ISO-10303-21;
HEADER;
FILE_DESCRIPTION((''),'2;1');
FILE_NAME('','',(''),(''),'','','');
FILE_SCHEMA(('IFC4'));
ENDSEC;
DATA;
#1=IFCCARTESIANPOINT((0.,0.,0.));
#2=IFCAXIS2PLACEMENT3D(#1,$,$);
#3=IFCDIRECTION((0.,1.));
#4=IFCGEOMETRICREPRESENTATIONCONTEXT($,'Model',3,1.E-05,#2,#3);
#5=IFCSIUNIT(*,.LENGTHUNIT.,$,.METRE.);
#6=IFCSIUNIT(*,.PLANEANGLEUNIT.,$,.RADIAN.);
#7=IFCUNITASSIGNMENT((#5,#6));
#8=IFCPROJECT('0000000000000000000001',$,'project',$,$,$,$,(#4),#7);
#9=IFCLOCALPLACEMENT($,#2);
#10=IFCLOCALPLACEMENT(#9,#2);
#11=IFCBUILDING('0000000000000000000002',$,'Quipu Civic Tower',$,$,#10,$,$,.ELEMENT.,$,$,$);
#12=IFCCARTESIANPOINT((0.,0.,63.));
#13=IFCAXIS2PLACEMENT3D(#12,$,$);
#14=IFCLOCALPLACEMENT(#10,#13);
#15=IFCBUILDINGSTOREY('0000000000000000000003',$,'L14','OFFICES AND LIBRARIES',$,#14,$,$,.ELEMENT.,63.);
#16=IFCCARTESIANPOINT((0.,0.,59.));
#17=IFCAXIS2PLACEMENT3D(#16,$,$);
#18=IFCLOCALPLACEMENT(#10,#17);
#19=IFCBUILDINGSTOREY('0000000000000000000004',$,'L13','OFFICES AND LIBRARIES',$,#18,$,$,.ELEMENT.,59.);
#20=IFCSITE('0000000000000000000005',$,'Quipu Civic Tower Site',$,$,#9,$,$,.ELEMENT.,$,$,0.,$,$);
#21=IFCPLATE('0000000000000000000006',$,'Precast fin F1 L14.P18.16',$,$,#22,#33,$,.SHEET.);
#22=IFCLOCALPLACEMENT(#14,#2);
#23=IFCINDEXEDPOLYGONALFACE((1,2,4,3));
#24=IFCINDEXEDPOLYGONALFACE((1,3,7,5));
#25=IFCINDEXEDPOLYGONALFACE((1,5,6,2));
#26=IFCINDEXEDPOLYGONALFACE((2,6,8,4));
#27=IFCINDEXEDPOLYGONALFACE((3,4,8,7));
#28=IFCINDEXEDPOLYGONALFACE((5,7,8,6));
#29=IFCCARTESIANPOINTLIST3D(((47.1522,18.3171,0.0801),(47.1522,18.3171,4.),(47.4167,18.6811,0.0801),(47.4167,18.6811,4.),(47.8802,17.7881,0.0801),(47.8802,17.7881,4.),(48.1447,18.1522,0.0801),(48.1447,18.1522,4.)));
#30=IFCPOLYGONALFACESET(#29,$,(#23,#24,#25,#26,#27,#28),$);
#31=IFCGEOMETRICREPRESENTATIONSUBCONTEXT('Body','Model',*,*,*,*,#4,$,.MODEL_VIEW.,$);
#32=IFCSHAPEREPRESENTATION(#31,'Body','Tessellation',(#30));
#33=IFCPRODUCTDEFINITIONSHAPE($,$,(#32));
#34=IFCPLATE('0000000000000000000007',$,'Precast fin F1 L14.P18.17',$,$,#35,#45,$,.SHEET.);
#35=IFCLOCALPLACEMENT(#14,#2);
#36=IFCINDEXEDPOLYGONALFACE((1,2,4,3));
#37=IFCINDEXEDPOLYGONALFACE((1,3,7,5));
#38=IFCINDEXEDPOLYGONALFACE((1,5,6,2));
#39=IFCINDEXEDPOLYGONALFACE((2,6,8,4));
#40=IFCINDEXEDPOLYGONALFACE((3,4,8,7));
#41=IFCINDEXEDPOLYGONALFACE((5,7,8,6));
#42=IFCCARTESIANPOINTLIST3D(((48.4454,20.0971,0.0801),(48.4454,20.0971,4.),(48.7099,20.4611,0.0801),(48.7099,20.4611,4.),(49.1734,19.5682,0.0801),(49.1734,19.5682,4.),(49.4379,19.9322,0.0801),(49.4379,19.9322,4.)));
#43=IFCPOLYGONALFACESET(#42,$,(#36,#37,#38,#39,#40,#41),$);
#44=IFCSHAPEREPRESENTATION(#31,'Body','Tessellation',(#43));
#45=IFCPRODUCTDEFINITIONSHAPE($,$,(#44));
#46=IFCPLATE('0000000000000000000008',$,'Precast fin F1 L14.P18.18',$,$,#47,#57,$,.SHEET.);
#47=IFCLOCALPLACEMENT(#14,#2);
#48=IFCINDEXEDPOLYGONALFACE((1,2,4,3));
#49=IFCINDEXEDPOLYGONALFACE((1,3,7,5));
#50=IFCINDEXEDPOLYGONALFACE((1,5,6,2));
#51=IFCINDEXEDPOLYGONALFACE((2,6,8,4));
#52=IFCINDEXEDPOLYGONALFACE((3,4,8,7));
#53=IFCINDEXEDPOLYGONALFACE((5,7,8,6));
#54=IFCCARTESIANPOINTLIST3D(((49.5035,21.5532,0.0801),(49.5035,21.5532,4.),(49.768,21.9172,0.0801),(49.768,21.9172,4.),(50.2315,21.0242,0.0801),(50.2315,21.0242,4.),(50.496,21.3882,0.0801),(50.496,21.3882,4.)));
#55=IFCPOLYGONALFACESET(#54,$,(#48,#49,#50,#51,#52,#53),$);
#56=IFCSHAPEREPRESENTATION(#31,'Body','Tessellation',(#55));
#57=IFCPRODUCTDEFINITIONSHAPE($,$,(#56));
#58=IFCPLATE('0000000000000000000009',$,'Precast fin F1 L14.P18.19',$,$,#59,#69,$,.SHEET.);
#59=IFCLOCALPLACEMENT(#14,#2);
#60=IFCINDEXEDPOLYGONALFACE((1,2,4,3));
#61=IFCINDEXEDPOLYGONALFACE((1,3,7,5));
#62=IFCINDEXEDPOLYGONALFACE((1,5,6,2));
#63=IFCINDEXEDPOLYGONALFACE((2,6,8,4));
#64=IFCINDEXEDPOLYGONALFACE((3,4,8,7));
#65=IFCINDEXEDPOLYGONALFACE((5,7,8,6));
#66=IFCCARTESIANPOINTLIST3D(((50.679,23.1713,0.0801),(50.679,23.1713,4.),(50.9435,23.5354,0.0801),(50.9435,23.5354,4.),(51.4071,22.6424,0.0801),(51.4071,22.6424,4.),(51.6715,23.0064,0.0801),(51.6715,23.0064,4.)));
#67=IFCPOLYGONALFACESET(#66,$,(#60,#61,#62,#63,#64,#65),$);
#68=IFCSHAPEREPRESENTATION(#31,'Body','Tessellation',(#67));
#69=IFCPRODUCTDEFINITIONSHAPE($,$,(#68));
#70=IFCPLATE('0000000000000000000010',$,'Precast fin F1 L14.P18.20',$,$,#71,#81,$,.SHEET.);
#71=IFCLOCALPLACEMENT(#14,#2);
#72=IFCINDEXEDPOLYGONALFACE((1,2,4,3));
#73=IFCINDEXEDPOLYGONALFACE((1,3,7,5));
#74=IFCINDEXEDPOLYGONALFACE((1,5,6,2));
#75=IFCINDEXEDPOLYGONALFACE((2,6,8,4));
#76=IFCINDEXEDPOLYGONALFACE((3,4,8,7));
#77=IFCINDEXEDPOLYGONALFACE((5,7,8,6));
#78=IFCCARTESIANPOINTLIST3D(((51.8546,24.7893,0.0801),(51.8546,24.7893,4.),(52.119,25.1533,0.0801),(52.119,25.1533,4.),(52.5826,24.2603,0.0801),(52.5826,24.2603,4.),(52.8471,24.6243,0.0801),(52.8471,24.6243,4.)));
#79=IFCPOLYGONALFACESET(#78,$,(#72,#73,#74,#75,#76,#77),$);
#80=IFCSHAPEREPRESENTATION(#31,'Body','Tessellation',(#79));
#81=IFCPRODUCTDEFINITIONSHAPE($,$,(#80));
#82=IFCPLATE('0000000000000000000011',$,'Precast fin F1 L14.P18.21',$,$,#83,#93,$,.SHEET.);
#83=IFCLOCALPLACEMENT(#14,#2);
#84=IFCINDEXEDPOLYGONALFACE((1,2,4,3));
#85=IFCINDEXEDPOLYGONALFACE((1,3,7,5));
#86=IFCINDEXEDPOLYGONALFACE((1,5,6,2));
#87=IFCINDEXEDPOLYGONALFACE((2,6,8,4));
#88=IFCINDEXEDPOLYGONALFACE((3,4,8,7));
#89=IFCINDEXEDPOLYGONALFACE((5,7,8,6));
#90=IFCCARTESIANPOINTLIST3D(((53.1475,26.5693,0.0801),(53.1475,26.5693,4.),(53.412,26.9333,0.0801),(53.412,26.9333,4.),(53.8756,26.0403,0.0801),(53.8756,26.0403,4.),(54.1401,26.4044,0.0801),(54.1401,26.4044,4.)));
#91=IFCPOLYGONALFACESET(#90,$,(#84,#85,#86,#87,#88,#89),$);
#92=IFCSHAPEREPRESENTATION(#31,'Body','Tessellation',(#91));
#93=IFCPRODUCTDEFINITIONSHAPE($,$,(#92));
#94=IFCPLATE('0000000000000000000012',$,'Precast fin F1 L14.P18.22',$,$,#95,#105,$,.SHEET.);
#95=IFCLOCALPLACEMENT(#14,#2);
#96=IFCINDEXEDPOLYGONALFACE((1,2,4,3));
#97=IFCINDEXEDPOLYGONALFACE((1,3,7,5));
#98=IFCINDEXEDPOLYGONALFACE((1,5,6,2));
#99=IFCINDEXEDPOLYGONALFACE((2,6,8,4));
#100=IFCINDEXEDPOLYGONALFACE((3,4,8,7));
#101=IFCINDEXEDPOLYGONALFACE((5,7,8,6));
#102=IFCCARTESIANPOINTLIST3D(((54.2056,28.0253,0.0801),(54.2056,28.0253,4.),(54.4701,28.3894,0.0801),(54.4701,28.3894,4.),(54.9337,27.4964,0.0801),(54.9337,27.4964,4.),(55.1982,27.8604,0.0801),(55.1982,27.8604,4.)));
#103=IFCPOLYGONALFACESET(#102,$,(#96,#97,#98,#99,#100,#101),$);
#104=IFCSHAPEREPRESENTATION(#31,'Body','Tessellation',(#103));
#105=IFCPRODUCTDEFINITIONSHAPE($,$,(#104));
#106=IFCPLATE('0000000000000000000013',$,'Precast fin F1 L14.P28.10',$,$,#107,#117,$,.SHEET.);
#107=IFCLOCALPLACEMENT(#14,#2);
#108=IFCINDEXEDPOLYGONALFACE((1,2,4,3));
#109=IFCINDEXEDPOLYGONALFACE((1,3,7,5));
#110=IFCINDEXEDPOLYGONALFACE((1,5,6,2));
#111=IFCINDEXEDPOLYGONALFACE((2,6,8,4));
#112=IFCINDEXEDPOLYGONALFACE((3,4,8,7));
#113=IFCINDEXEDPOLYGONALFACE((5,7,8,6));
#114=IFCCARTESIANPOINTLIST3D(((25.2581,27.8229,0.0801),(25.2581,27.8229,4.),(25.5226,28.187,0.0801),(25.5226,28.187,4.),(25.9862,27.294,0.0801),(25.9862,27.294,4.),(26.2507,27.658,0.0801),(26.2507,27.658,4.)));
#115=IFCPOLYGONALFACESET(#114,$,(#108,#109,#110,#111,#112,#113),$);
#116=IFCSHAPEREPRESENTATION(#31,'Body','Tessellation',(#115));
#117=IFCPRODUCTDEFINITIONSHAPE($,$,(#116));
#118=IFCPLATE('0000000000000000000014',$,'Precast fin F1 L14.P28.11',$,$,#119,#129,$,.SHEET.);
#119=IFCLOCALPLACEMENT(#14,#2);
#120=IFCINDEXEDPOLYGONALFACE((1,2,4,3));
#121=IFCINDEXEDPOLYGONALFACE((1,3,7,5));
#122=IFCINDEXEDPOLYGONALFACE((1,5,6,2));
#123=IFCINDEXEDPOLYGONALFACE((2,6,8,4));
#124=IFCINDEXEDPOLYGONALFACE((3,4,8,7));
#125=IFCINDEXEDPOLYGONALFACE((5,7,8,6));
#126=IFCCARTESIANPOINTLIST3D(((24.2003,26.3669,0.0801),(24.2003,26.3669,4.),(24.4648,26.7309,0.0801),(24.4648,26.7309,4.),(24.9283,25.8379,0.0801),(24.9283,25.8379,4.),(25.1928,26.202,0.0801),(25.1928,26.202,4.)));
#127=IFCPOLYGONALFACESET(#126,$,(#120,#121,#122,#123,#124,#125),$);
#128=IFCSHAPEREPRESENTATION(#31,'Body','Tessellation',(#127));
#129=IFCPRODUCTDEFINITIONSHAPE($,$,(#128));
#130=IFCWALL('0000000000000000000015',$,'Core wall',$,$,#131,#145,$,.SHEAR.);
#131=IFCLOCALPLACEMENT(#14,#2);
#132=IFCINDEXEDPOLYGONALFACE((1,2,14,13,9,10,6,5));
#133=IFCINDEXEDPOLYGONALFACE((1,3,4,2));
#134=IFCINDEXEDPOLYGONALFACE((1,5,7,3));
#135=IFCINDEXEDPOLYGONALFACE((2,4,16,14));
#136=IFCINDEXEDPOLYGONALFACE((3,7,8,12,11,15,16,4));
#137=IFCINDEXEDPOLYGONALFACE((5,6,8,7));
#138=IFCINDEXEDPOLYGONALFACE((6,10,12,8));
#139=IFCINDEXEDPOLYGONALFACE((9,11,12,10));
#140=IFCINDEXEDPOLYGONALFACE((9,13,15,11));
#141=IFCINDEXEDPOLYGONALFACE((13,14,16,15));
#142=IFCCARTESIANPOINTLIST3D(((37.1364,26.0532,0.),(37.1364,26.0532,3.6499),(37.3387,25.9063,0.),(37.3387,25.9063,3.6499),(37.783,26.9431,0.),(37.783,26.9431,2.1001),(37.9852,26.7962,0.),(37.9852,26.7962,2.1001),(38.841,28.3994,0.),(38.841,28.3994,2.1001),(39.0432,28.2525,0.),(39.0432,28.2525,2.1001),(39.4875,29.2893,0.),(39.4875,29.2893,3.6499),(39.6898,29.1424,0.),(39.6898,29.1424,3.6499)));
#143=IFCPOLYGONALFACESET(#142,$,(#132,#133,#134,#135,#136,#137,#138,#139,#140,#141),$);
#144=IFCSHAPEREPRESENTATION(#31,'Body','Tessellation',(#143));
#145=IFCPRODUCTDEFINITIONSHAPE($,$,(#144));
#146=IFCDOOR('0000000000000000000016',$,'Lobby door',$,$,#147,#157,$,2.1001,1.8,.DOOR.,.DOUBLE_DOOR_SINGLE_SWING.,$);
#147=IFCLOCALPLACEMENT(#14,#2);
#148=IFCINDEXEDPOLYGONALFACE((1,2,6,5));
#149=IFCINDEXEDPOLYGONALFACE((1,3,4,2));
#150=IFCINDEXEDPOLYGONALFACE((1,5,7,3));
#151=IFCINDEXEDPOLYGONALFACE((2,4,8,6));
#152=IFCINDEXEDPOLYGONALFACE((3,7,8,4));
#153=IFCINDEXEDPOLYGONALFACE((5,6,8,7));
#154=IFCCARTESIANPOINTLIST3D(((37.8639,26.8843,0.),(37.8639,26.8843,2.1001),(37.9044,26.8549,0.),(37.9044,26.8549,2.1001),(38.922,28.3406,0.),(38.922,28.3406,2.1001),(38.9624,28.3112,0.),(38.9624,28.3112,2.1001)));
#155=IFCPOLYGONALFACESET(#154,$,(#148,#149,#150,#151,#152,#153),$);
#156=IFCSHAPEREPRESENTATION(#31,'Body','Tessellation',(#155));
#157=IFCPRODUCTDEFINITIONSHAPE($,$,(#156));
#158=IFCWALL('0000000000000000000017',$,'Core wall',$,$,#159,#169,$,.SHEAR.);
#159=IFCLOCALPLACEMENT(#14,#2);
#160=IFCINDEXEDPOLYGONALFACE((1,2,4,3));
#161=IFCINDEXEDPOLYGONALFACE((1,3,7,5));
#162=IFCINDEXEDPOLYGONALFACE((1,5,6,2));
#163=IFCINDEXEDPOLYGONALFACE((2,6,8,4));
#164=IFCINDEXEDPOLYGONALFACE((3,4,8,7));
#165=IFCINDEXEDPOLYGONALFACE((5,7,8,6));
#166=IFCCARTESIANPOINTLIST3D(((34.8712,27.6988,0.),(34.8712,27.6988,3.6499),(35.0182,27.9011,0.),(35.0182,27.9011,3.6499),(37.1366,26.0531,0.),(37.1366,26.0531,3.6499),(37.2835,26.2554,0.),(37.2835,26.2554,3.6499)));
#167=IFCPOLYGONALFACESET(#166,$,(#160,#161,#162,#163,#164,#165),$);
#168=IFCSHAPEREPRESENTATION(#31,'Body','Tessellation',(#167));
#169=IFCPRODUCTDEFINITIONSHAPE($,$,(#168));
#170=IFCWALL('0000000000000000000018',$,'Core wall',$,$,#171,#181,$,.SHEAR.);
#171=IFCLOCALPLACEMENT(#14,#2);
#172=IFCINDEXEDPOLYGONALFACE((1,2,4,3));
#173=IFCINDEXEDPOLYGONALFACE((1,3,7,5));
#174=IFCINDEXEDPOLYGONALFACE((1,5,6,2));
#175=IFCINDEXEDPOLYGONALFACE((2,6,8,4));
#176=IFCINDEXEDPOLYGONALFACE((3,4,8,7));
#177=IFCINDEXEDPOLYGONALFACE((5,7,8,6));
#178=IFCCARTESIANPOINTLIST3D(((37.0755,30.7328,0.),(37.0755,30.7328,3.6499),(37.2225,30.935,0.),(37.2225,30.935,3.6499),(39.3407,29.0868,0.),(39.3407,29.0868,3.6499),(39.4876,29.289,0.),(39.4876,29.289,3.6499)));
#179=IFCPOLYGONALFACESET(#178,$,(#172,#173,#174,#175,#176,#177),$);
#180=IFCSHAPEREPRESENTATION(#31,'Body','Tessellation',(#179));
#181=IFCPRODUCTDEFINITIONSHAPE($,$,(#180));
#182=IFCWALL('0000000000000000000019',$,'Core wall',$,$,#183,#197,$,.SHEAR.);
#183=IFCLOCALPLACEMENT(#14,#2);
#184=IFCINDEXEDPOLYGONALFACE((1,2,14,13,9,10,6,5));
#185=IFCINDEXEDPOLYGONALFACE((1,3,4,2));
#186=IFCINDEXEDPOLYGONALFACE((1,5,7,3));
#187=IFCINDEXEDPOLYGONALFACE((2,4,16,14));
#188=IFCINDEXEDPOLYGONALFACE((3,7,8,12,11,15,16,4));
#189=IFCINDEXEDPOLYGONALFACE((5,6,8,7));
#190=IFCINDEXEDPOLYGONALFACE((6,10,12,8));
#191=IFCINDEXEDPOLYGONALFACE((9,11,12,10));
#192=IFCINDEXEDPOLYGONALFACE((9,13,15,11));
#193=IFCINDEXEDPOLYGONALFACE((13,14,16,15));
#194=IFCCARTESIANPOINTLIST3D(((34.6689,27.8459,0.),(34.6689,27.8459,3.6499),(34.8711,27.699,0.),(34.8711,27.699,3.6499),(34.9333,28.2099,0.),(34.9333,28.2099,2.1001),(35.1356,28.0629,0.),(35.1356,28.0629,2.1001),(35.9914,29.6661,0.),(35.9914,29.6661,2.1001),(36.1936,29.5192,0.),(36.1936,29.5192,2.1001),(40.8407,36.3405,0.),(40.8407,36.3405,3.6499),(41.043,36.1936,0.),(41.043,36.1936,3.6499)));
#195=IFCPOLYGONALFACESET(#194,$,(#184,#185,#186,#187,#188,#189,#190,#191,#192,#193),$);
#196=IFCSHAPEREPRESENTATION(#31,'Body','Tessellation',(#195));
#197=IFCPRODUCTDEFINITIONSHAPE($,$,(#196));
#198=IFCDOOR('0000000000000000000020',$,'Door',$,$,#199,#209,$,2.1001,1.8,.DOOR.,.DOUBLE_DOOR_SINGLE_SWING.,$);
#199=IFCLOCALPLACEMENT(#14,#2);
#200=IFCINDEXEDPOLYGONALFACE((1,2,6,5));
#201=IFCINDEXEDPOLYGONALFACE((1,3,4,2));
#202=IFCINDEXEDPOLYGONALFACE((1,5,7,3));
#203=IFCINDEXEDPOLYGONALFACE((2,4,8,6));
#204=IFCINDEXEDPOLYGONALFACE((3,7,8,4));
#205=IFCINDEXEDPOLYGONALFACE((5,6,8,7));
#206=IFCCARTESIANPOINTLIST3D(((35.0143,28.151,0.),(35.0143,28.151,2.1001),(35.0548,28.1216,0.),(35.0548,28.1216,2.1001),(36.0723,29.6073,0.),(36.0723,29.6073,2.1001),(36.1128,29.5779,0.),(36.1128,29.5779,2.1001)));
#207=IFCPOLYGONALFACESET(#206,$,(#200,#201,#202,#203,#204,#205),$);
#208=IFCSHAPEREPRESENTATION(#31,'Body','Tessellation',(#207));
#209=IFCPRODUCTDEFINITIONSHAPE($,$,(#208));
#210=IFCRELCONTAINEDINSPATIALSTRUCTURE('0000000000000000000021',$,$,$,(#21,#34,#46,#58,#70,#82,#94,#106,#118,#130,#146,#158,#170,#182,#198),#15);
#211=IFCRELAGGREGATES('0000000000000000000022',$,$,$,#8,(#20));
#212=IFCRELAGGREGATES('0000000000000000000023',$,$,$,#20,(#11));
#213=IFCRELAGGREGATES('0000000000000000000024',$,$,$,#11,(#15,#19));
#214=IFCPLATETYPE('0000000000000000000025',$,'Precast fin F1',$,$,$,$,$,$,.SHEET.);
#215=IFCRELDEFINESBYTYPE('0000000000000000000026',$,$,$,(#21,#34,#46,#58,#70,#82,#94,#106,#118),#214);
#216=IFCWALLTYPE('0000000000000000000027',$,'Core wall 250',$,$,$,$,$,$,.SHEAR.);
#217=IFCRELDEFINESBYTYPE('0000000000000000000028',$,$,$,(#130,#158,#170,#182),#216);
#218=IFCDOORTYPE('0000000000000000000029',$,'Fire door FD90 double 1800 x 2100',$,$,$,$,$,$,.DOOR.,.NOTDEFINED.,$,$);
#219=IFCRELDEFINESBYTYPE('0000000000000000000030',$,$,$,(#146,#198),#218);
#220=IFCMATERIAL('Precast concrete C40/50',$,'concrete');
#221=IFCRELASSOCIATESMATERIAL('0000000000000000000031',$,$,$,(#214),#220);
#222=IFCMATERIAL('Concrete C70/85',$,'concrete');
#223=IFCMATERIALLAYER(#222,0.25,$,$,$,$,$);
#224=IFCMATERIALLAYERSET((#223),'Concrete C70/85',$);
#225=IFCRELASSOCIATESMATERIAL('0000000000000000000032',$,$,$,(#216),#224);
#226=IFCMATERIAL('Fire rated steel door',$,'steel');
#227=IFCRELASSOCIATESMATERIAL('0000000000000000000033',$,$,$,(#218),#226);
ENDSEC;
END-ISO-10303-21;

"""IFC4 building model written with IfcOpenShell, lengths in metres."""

from ifc_helpers import new_model, si_unit, direction, frame, frame_2d, origin, origin_2d, place, context, subcontext, project, spatial, rectangle, extrude, material, layer, layer_set, type_object, element, fill, save


model = new_model("IFC4")

# Units and contexts
model_context = context("Model", 3, precision=1e-05, world=origin(), true_north=direction((0.0, 1.0)))
body_context = subcontext(model_context, "Body", "Model", "MODEL_VIEW")
ifc_project = project(units=[si_unit("LENGTHUNIT", "METRE"), si_unit("PLANEANGLEUNIT", "RADIAN")], contexts=[model_context])

# Site, building, storey
site_placement = place(None, origin())
site = spatial("IfcSite", under=ifc_project, at=site_placement, Name="Quipu Civic Tower Site", CompositionType="ELEMENT", RefElevation=0.0)
building_placement = place(site_placement, origin())
building = spatial("IfcBuilding", under=site, at=building_placement, Name="Quipu Civic Tower", CompositionType="ELEMENT")
storey_1_placement = place(building_placement, frame((0.0, 0.0, 63.0)))
storey_1 = spatial("IfcBuildingStorey", under=building, at=storey_1_placement, Name="L14", Description="OFFICES AND LIBRARIES", CompositionType="ELEMENT", Elevation=63.0)

# Shared definitions
storey_2_placement = place(building_placement, frame((0.0, 0.0, 59.0)))
storey_2 = spatial("IfcBuildingStorey", under=building, at=storey_2_placement, Name="L13", Description="OFFICES AND LIBRARIES", CompositionType="ELEMENT", Elevation=59.0)

# Plates
ifc_material_1 = material(Name="Precast concrete C40/50", Category="concrete")
plate_type_1 = type_object("IfcPlateType", Name="Precast fin F1", PredefinedType="SHEET", material=ifc_material_1)
for number, where, z_axis, x_axis, name in (
    (1, (47.6484, 18.2346, 0.0801), (0.0, 0.0, 1.0), (0.587786, 0.809017, 0.0), "Precast fin F1 L14.P18.16"),
    (2, (48.9417, 20.0146, 0.0801), (0.0, 0.0, 1.0), (0.587786, 0.809017, 0.0), "Precast fin F1 L14.P18.17"),
    (3, (49.9998, 21.4707, 0.0801), (0.0, 0.0, 1.0), (0.587786, 0.809017, 0.0), "Precast fin F1 L14.P18.18"),
    (4, (51.1753, 23.0889, 0.0801), (0.0, 0.0, 1.0), (0.587786, 0.809017, 0.0), "Precast fin F1 L14.P18.19"),
    (5, (52.3508, 24.7068, 0.0801), (0.0, 0.0, 1.0), (0.587786, 0.809017, 0.0), "Precast fin F1 L14.P18.20"),
    (6, (53.6438, 26.4868, 0.0801), (0.0, 0.0, 1.0), (0.587786, 0.809017, 0.0), "Precast fin F1 L14.P18.21"),
    (7, (54.7019, 27.9429, 0.0801), (0.0, 0.0, 1.0), (0.587786, 0.809017, 0.0), "Precast fin F1 L14.P18.22"),
    (8, (25.7544, 27.7405, 0.0801), (0.0, 0.0, 1.0), (-0.587785, -0.809017, 0.0), "Precast fin F1 L14.P28.10"),
    (9, (24.6965, 26.2844, 0.0801), (0.0, 0.0, 1.0), (-0.587785, -0.809017, 0.0), "Precast fin F1 L14.P28.11"),
):
    element("IfcPlate", number, at=place(storey_1_placement, frame(where, z_axis=z_axis, x_axis=x_axis)), inside=storey_1, type_object=plate_type_1, Name=name, PredefinedType="SHEET", context=body_context, shape_type="SweptSolid", body=[
        extrude(rectangle(XDim=0.45, YDim=0.8999, at=origin_2d()), origin(), (0.0, 0.0, 1.0), 3.9199),
    ])

# Wall, opening, door
ifc_material_2 = material(Name="Concrete C70/85", Category="concrete")
ifc_layer_1 = layer(ifc_material_2, 0.25)
ifc_layer_set_1 = layer_set([ifc_layer_1], Name="Concrete C70/85")
wall_type_1 = type_object("IfcWallType", Name="Core wall 250", PredefinedType="SHEAR", material=ifc_layer_set_1)
wall_1_placement = place(storey_1_placement, frame((37.2375, 25.9797, 0.0), z_axis=(0.0, 0.0, 1.0), x_axis=(0.587772, 0.809026, 0.0)))
wall_1 = element("IfcWall", 10, at=wall_1_placement, inside=storey_1, type_object=wall_type_1, Name="Core wall", PredefinedType="SHEAR", context=body_context, shape_type="SweptSolid", body=[
    extrude(rectangle(XDim=4.0, YDim=0.25, at=frame_2d((2.0, 0.0))), origin(), (0.0, 0.0, 1.0), 3.6499),
])
opening_1_placement = place(wall_1_placement, frame((1.1001, 0.0, 0.0)))
opening_1 = element("IfcOpeningElement", 11, at=opening_1_placement, cuts=wall_1, PredefinedType="OPENING", context=body_context, shape_type="SweptSolid", body=[
    extrude(rectangle(XDim=1.8, YDim=2.1001, at=frame_2d((0.8999, 1.05))), frame((0.0, 0.135, 0.0), z_axis=(0.0, -1.0, 0.0), x_axis=(1.0, 0.0, 0.0)), (0.0, 0.0, 1.0), 0.27),
])
ifc_material_3 = material(Name="Fire rated steel door", Category="steel")
door_type = type_object("IfcDoorType", Name="Fire door FD90 double 1800 x 2100", OperationType="NOTDEFINED", PredefinedType="DOOR", material=ifc_material_3)
door_1_placement = place(opening_1_placement, origin())
door_1 = element("IfcDoor", 12, at=door_1_placement, inside=storey_1, type_object=door_type, Name="Lobby door", OperationType="DOUBLE_DOOR_SINGLE_SWING", OverallHeight=2.1001, OverallWidth=1.8, PredefinedType="DOOR", context=body_context, shape_type="SweptSolid", body=[
    extrude(rectangle(XDim=1.8, YDim=2.1001, at=frame_2d((0.8999, 1.05))), frame((0.0, 0.0249, 0.0), z_axis=(0.0, -1.0, 0.0), x_axis=(1.0, 0.0, 0.0)), (0.0, 0.0, 1.0), 0.05),
])
fill(opening_1, door_1)

# Walls
for number, where, z_axis, x_axis, name in (
    (13, (37.21, 26.1543, 0.0), (0.0, 0.0, 1.0), (-0.809041, 0.587752, 0.0), "Core wall"),
    (14, (39.4141, 29.188, 0.0), (0.0, 0.0, 1.0), (-0.80897, 0.58785, 0.0), "Core wall"),
):
    element("IfcWall", number, at=place(storey_1_placement, frame(where, z_axis=z_axis, x_axis=x_axis)), inside=storey_1, type_object=wall_type_1, Name=name, PredefinedType="SHEAR", context=body_context, shape_type="SweptSolid", body=[
        extrude(rectangle(XDim=2.8, YDim=0.25, at=frame_2d((1.3999, 0.0))), origin(), (0.0, 0.0, 1.0), 3.6499),
    ])

# Wall, opening, door
wall_2_placement = place(storey_1_placement, frame((34.77, 27.7725, 0.0), z_axis=(0.0, 0.0, 1.0), x_axis=(0.587796, 0.809009, 0.0)))
wall_2 = element("IfcWall", 15, at=wall_2_placement, inside=storey_1, type_object=wall_type_1, Name="Core wall", PredefinedType="SHEAR", context=body_context, shape_type="SweptSolid", body=[
    extrude(rectangle(XDim=10.5, YDim=0.25, at=frame_2d((5.25, 0.0))), origin(), (0.0, 0.0, 1.0), 3.6499),
])
opening_2_placement = place(wall_2_placement, frame((0.45, 0.0, 0.0)))
opening_2 = element("IfcOpeningElement", 16, at=opening_2_placement, cuts=wall_2, PredefinedType="OPENING", context=body_context, shape_type="SweptSolid", body=[
    extrude(rectangle(XDim=1.8, YDim=2.1001, at=frame_2d((0.8999, 1.05))), frame((0.0, 0.135, 0.0), z_axis=(0.0, -1.0, 0.0), x_axis=(1.0, 0.0, 0.0)), (0.0, 0.0, 1.0), 0.27),
])
door_2_placement = place(opening_2_placement, origin())
door_2 = element("IfcDoor", 17, at=door_2_placement, inside=storey_1, type_object=door_type, Name="Door", OperationType="DOUBLE_DOOR_SINGLE_SWING", OverallHeight=2.1001, OverallWidth=1.8, PredefinedType="DOOR", context=body_context, shape_type="SweptSolid", body=[
    extrude(rectangle(XDim=1.8, YDim=2.1001, at=frame_2d((0.8999, 1.05))), frame((0.0, 0.0249, 0.0), z_axis=(0.0, -1.0, 0.0), x_axis=(1.0, 0.0, 0.0)), (0.0, 0.0, 1.0), 0.05),
])
fill(opening_2, door_2)

save(model, "model.ifc")
